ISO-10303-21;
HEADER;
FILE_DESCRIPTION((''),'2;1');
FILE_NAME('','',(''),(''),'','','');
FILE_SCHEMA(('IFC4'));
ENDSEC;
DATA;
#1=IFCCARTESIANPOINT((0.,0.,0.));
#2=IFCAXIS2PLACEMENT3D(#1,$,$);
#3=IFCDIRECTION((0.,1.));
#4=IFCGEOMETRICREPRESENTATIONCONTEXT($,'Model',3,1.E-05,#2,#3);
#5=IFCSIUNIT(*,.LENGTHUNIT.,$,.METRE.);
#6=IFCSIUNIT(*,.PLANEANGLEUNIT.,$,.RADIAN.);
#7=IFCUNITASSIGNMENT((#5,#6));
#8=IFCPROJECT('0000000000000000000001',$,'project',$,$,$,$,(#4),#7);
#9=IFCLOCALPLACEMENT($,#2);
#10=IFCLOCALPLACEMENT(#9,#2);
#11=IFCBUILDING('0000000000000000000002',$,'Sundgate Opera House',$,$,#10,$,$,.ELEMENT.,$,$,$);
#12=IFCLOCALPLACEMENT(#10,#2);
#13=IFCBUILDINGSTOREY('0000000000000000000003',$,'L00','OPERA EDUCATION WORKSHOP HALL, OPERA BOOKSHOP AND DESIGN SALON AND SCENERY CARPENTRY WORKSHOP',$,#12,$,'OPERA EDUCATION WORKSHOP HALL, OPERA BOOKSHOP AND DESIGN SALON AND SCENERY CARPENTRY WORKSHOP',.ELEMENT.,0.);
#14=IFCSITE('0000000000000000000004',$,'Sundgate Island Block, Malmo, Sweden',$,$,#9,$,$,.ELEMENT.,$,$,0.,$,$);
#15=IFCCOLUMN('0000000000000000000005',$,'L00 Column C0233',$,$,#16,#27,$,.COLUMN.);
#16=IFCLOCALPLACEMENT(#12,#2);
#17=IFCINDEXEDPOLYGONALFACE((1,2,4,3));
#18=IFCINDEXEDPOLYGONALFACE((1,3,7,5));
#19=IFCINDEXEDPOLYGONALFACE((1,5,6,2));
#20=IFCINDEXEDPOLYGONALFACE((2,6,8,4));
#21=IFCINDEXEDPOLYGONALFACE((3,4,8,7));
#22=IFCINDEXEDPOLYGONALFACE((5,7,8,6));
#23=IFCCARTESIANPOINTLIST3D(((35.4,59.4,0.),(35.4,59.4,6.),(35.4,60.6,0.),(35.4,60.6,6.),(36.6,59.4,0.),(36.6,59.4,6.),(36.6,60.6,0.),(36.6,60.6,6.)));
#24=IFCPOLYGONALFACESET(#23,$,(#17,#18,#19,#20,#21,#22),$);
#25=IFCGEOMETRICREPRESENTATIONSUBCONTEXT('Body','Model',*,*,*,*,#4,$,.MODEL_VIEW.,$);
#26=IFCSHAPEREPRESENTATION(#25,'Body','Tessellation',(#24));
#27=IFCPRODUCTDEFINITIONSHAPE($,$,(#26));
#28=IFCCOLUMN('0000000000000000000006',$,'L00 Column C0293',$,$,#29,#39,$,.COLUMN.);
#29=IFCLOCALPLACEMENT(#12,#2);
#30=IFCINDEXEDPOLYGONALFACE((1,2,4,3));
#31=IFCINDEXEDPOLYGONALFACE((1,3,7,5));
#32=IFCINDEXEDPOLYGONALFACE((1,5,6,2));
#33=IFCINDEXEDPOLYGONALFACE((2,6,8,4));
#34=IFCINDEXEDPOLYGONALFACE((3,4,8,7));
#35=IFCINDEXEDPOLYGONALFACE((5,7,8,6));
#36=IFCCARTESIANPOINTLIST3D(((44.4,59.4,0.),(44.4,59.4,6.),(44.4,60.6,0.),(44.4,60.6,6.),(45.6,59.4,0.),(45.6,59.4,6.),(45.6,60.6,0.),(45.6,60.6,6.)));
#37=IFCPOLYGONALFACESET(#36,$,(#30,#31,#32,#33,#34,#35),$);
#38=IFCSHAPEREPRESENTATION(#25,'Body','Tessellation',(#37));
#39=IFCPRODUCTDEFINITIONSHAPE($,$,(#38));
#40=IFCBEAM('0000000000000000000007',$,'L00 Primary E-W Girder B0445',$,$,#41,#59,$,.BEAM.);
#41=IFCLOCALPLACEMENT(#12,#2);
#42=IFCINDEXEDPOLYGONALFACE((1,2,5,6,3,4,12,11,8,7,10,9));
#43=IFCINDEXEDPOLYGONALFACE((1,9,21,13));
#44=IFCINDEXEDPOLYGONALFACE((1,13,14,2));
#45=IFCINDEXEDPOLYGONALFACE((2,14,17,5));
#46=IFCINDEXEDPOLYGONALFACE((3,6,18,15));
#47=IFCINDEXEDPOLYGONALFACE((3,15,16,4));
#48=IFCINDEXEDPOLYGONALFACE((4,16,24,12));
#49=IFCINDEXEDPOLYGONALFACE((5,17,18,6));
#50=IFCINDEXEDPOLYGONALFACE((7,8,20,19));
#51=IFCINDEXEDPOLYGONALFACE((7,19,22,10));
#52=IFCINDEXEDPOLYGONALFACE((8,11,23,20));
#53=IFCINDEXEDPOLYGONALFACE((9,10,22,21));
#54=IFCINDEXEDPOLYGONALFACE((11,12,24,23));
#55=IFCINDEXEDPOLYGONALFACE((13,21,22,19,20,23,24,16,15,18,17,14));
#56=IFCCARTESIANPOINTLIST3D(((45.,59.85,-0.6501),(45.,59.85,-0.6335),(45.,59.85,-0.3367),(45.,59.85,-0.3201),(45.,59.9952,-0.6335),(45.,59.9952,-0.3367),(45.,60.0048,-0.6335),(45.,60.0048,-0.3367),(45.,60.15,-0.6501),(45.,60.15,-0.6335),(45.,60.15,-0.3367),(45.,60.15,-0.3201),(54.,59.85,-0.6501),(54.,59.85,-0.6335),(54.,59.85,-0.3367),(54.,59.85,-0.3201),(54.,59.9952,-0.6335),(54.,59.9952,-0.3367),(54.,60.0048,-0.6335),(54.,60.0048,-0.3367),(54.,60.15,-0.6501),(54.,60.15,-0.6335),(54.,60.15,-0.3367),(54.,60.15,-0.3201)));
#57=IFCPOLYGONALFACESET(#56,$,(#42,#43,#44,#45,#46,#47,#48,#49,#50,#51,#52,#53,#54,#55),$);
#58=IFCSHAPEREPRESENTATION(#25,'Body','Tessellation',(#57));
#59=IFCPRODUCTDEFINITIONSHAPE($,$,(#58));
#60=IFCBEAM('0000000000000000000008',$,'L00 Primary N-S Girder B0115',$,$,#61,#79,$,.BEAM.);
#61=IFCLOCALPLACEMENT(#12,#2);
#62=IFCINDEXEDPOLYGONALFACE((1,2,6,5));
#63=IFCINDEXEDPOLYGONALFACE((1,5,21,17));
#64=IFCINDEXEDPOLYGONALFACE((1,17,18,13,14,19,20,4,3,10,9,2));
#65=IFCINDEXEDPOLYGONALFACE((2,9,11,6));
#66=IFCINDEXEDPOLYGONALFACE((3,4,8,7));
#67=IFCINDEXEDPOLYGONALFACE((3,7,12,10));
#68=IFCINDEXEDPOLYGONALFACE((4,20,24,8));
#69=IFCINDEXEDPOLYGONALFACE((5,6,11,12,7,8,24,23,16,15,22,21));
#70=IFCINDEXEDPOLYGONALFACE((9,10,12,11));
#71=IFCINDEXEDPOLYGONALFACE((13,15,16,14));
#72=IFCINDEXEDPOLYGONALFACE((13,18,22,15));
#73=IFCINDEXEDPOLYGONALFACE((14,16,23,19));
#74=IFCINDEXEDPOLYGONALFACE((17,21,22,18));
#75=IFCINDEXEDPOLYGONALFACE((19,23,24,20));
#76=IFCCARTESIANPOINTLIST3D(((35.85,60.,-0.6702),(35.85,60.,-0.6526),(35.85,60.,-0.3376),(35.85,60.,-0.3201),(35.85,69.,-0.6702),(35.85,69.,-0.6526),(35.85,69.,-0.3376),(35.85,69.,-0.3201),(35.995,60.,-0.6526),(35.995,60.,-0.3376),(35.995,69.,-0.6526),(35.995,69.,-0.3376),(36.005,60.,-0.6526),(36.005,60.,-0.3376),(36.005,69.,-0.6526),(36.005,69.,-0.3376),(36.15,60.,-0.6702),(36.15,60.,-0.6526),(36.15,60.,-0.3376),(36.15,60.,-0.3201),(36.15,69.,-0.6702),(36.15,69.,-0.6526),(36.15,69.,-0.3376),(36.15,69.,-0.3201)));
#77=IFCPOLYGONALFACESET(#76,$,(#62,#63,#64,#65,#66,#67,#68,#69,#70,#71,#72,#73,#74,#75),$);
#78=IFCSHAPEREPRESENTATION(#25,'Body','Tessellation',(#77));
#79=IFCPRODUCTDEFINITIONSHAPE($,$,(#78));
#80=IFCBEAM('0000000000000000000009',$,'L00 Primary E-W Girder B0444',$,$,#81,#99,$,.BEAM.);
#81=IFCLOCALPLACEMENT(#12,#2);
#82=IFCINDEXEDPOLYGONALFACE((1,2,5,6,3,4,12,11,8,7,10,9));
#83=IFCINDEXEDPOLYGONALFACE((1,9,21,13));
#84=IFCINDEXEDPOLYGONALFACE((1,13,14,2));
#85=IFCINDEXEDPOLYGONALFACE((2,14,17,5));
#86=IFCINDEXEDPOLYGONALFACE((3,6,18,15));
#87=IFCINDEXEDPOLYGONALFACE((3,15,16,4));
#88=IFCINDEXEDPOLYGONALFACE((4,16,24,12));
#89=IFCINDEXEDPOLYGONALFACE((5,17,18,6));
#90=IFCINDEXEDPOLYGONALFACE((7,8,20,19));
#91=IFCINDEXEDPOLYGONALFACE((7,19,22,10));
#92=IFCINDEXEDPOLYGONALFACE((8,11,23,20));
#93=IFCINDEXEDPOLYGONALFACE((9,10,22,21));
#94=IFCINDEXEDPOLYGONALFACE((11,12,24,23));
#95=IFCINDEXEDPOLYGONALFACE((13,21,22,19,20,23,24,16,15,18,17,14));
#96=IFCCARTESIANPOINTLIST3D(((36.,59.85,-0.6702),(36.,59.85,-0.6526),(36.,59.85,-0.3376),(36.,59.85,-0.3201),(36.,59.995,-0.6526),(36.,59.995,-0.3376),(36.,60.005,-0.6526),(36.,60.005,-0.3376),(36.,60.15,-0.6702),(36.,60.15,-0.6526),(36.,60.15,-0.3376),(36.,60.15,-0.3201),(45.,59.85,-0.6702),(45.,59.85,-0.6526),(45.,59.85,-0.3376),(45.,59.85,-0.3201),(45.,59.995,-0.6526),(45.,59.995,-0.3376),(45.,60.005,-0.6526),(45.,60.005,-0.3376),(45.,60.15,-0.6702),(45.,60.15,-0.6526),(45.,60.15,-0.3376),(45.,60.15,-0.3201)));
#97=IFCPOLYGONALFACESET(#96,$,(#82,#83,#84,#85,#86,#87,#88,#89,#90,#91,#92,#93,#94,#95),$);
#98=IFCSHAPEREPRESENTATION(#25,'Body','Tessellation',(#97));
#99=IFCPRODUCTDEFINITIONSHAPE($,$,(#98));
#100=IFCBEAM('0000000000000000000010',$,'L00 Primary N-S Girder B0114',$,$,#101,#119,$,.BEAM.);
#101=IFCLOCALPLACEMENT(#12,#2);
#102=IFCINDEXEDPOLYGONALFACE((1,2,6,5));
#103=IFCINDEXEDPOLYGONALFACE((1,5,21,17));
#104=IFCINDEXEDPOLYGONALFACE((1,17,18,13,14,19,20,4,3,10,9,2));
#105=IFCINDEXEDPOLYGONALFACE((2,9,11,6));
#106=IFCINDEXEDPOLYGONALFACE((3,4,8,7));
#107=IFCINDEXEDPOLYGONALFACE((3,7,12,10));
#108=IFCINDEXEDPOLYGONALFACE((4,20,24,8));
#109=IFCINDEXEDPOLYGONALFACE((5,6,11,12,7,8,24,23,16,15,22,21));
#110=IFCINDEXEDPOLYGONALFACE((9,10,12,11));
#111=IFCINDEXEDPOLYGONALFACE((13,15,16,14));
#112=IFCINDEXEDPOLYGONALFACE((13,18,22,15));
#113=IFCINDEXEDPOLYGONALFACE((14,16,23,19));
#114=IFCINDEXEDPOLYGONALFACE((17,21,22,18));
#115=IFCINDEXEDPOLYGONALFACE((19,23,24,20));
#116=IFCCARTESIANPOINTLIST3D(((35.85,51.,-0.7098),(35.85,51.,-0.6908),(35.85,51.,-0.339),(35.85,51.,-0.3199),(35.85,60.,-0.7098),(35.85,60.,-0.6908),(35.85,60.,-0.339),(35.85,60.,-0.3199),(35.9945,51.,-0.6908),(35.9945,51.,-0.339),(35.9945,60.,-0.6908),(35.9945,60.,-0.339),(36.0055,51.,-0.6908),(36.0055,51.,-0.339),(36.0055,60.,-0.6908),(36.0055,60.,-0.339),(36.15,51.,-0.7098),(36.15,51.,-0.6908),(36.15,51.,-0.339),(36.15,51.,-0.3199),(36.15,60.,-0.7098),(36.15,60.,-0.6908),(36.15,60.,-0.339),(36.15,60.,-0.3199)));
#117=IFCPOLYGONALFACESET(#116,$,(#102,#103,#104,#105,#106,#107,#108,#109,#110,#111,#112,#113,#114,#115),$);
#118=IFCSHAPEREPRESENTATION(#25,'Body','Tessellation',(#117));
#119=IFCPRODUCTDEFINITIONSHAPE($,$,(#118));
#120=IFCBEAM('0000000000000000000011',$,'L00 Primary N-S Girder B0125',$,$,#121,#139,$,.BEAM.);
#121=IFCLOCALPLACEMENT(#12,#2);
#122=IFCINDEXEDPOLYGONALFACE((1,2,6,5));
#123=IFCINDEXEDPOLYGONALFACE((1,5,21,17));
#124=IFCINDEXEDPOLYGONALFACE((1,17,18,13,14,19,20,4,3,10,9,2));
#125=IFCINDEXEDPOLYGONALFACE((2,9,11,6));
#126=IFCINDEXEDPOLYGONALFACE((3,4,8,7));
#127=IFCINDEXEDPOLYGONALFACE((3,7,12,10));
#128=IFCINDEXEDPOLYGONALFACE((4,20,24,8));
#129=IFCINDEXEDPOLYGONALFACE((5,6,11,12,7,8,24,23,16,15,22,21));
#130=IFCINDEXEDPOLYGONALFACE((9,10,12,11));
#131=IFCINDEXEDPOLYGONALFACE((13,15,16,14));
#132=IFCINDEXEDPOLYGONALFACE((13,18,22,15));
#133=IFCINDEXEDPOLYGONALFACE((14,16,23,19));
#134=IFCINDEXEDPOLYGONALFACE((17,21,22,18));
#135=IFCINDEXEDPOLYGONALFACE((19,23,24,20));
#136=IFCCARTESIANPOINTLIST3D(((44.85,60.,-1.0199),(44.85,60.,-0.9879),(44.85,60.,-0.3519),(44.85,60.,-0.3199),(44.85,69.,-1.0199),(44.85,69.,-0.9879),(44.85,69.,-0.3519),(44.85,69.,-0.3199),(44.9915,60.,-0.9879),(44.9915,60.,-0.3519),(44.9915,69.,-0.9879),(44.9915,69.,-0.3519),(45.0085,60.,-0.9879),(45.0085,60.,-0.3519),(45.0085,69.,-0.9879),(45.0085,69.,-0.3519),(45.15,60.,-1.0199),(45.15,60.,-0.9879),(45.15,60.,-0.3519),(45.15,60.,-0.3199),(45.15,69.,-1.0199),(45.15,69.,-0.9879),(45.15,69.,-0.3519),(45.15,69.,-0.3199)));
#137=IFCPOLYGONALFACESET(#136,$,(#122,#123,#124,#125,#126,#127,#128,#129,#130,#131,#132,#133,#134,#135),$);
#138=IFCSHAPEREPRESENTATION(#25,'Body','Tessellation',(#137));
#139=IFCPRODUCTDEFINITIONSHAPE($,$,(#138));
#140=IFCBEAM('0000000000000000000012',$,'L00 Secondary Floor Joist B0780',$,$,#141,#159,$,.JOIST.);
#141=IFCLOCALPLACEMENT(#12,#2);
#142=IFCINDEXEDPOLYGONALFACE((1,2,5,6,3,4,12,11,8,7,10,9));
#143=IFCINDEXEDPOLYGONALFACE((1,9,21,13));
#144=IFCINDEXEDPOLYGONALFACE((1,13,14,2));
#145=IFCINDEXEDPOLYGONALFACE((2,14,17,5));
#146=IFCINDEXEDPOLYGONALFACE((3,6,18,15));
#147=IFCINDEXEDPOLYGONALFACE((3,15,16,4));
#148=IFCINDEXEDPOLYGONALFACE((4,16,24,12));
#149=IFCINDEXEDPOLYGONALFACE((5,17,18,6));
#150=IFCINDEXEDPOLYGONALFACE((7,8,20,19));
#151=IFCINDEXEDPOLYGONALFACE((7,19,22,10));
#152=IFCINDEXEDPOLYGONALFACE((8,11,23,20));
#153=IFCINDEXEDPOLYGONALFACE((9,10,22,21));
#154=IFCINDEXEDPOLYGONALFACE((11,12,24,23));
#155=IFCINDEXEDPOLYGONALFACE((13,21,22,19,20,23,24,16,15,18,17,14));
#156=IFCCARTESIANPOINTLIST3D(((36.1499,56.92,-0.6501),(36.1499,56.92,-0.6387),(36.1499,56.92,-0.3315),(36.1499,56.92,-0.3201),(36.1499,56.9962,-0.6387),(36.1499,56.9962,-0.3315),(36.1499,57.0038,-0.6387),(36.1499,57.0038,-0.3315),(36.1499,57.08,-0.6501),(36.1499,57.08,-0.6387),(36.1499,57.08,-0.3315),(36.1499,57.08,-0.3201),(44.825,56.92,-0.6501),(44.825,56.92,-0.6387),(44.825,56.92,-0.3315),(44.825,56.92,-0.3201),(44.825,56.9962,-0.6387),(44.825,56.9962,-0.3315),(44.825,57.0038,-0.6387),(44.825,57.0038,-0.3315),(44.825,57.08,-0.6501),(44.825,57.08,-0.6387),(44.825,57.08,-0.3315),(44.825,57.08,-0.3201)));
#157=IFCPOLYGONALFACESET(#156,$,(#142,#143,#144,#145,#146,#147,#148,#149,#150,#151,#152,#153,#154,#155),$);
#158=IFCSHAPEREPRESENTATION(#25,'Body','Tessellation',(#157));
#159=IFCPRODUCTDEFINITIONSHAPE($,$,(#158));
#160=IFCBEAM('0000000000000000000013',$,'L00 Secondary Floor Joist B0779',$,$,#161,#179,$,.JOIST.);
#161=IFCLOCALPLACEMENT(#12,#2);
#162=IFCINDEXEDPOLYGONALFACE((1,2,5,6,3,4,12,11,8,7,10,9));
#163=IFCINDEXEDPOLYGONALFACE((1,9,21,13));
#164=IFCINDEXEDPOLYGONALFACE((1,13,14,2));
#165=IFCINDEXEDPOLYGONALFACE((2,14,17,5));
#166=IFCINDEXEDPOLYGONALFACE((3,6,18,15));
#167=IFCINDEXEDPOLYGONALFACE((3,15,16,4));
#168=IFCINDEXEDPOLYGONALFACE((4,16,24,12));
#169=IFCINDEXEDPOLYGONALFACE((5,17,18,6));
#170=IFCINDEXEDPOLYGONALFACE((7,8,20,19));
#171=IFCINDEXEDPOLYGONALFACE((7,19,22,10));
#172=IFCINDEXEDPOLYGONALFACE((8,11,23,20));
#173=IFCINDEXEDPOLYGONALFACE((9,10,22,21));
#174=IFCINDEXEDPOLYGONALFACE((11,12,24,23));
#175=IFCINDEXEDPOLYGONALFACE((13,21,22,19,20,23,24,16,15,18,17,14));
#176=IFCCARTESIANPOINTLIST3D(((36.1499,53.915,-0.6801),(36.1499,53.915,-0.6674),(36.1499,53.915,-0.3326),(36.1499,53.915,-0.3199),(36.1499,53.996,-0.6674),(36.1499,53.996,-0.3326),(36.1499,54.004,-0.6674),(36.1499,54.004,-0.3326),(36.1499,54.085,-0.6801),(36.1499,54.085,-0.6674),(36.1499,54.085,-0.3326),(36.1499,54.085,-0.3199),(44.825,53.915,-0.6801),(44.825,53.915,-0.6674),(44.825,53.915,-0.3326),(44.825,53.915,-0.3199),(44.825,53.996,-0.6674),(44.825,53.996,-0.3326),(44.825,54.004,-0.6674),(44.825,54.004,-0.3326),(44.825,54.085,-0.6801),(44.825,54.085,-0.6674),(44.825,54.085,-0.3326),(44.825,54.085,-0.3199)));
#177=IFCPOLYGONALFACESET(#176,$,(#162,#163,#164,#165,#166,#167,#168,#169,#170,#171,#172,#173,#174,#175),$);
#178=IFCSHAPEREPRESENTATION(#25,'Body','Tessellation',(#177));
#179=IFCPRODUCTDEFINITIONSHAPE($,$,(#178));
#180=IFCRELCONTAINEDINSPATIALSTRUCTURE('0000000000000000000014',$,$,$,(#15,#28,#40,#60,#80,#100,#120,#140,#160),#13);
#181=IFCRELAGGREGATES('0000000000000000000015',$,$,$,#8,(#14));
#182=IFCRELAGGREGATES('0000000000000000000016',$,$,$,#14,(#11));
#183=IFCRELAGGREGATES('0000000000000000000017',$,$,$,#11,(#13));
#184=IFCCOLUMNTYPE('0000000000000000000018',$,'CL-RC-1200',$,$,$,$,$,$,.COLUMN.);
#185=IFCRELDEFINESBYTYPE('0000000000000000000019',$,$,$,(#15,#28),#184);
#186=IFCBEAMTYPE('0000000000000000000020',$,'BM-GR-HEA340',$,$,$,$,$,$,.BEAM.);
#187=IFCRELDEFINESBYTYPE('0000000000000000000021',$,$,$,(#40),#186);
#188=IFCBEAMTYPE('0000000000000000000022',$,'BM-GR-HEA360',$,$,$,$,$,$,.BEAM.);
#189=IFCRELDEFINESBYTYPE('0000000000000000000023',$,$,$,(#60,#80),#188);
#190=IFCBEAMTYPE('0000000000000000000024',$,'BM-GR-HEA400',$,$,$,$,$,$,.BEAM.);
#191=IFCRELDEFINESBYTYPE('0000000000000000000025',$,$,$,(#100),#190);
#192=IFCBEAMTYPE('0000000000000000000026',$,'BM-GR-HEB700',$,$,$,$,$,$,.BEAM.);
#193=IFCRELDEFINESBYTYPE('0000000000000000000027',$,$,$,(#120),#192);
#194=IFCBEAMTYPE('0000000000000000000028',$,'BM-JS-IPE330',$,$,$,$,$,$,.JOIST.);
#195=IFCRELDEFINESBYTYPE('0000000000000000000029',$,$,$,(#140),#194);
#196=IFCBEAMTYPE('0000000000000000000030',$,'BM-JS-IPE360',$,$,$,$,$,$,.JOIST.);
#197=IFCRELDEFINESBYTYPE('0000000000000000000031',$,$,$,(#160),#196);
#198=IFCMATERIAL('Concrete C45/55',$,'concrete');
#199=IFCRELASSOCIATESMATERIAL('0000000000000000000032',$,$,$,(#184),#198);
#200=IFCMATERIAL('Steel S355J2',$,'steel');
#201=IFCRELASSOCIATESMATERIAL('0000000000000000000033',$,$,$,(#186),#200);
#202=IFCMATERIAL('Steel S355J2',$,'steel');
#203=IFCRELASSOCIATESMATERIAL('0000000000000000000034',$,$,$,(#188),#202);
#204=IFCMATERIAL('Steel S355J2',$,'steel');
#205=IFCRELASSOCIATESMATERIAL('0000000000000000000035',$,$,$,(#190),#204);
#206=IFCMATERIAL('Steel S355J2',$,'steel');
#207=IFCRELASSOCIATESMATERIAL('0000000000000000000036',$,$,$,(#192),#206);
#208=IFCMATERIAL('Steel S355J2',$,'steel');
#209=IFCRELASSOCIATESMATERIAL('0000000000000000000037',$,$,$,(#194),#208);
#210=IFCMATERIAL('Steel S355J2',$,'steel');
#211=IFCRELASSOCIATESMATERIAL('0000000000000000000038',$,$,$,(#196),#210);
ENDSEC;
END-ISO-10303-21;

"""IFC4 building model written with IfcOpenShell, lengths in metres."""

from ifc_helpers import new_model, si_unit, direction, frame, origin, origin_2d, place, context, subcontext, project, spatial, rectangle, i_section, extrude, material, material_profile, profile_set, type_object, element, save


model = new_model("IFC4")

# Units and contexts
model_context = context("Model", 3, precision=1e-05, world=origin(), true_north=direction((0.0, 1.0)))
body_context = subcontext(model_context, "Body", "Model", "MODEL_VIEW")
ifc_project = project(units=[si_unit("LENGTHUNIT", "METRE"), si_unit("PLANEANGLEUNIT", "RADIAN")], contexts=[model_context])

# Site, building, storey
site_placement = place(None, origin())
site = spatial("IfcSite", under=ifc_project, at=site_placement, Name="Sundgate Island Block, Malmo, Sweden", CompositionType="ELEMENT", RefElevation=0.0)
building_placement = place(site_placement, origin())
building = spatial("IfcBuilding", under=site, at=building_placement, Name="Sundgate Opera House", CompositionType="ELEMENT")
storey_placement = place(building_placement, origin())
storey = spatial("IfcBuildingStorey", under=building, at=storey_placement, Name="L00", Description="OPERA EDUCATION WORKSHOP HALL, OPERA BOOKSHOP AND DESIGN SALON AND SCENERY CARPENTRY WORKSHOP", LongName="OPERA EDUCATION WORKSHOP HALL, OPERA BOOKSHOP AND DESIGN SALON AND SCENERY CARPENTRY WORKSHOP", CompositionType="ELEMENT", Elevation=0.0)

# Columns
ifc_material_1 = material(Name="Concrete C45/55", Category="concrete")
ifc_material_profile_1 = material_profile(ifc_material_1, rectangle(XDim=1.2, YDim=1.2, at=origin_2d()), Name="RC 1200x1200")
ifc_profile_set_1 = profile_set([ifc_material_profile_1], Name="Concrete C45/55")
column_type = type_object("IfcColumnType", Name="CL-RC-1200", PredefinedType="COLUMN", material=ifc_profile_set_1)
for number, where, z_axis, x_axis, name in (
    (1, (36.0, 60.0, 0.0), (0.0, 0.0, 1.0), (1.0, 0.0, 0.0), "L00 Column C0233"),
    (2, (45.0, 60.0, 0.0), (0.0, 0.0, 1.0), (1.0, 0.0, 0.0), "L00 Column C0293"),
):
    element("IfcColumn", number, at=place(storey_placement, frame(where, z_axis=z_axis, x_axis=x_axis)), inside=storey, type_object=column_type, Name=name, PredefinedType="COLUMN", context=body_context, shape_type="SweptSolid", body=[
        extrude(rectangle(XDim=1.2, YDim=1.2, at=origin_2d()), origin(), (0.0, 0.0, 1.0), 6.0),
    ])

# Beams
ifc_material_2 = material(Name="Steel S355J2", Category="steel")
ifc_material_profile_2 = material_profile(ifc_material_2, i_section(OverallWidth=0.3, OverallDepth=0.3301, WebThickness=0.0095, FlangeThickness=0.0166, at=origin_2d()), Name="HEA 340")
ifc_profile_set_2 = profile_set([ifc_material_profile_2], Name="Steel S355J2")
beam_type_1 = type_object("IfcBeamType", Name="BM-GR-HEA340", PredefinedType="BEAM", material=ifc_profile_set_2)
beam_1_placement = place(storey_placement, frame((45.0, 60.0, -0.4851), z_axis=(1.0, 0.0, 0.0), x_axis=(0.0, 1.0, 0.0)))
element("IfcBeam", 3, at=beam_1_placement, inside=storey, type_object=beam_type_1, Name="L00 Primary E-W Girder B0445", PredefinedType="BEAM", context=body_context, shape_type="SweptSolid", body=[
    extrude(i_section(OverallWidth=0.3, OverallDepth=0.3301, WebThickness=0.0095, FlangeThickness=0.0166, at=origin_2d()), origin(), (0.0, 0.0, 1.0), 9.0),
])
ifc_material_3 = material(Name="Steel S355J2", Category="steel")
ifc_material_profile_3 = material_profile(ifc_material_3, i_section(OverallWidth=0.3, OverallDepth=0.3501, WebThickness=0.01, FlangeThickness=0.0176, at=origin_2d()), Name="HEA 360")
ifc_profile_set_3 = profile_set([ifc_material_profile_3], Name="Steel S355J2")
beam_type_2 = type_object("IfcBeamType", Name="BM-GR-HEA360", PredefinedType="BEAM", material=ifc_profile_set_3)
for number, where, z_axis, x_axis, name in (
    (4, (36.0, 60.0, -0.4951), (0.0, 1.0, 0.0), (-1.0, 0.0, 0.0), "L00 Primary N-S Girder B0115"),
    (5, (36.0, 60.0, -0.4951), (1.0, 0.0, 0.0), (0.0, 1.0, 0.0), "L00 Primary E-W Girder B0444"),
):
    element("IfcBeam", number, at=place(storey_placement, frame(where, z_axis=z_axis, x_axis=x_axis)), inside=storey, type_object=beam_type_2, Name=name, PredefinedType="BEAM", context=body_context, shape_type="SweptSolid", body=[
        extrude(i_section(OverallWidth=0.3, OverallDepth=0.3501, WebThickness=0.01, FlangeThickness=0.0176, at=origin_2d()), origin(), (0.0, 0.0, 1.0), 9.0),
    ])
ifc_material_4 = material(Name="Steel S355J2", Category="steel")
ifc_material_profile_4 = material_profile(ifc_material_4, i_section(OverallWidth=0.3, OverallDepth=0.3899, WebThickness=0.011, FlangeThickness=0.019, at=origin_2d()), Name="HEA 400")
ifc_profile_set_4 = profile_set([ifc_material_profile_4], Name="Steel S355J2")
beam_type_3 = type_object("IfcBeamType", Name="BM-GR-HEA400", PredefinedType="BEAM", material=ifc_profile_set_4)
beam_2_placement = place(storey_placement, frame((36.0, 51.0, -0.5149), z_axis=(0.0, 1.0, 0.0), x_axis=(-1.0, 0.0, 0.0)))
element("IfcBeam", 6, at=beam_2_placement, inside=storey, type_object=beam_type_3, Name="L00 Primary N-S Girder B0114", PredefinedType="BEAM", context=body_context, shape_type="SweptSolid", body=[
    extrude(i_section(OverallWidth=0.3, OverallDepth=0.3899, WebThickness=0.011, FlangeThickness=0.019, at=origin_2d()), origin(), (0.0, 0.0, 1.0), 9.0),
])
ifc_material_5 = material(Name="Steel S355J2", Category="steel")
ifc_material_profile_5 = material_profile(ifc_material_5, i_section(OverallWidth=0.3, OverallDepth=0.7, WebThickness=0.0171, FlangeThickness=0.032, at=origin_2d()), Name="HEB 700")
ifc_profile_set_5 = profile_set([ifc_material_profile_5], Name="Steel S355J2")
beam_type_4 = type_object("IfcBeamType", Name="BM-GR-HEB700", PredefinedType="BEAM", material=ifc_profile_set_5)
beam_3_placement = place(storey_placement, frame((45.0, 60.0, -0.6699), z_axis=(0.0, 1.0, 0.0), x_axis=(-1.0, 0.0, 0.0)))
element("IfcBeam", 7, at=beam_3_placement, inside=storey, type_object=beam_type_4, Name="L00 Primary N-S Girder B0125", PredefinedType="BEAM", context=body_context, shape_type="SweptSolid", body=[
    extrude(i_section(OverallWidth=0.3, OverallDepth=0.7, WebThickness=0.0171, FlangeThickness=0.032, at=origin_2d()), origin(), (0.0, 0.0, 1.0), 9.0),
])
ifc_material_6 = material(Name="Steel S355J2", Category="steel")
ifc_material_profile_6 = material_profile(ifc_material_6, i_section(OverallWidth=0.1599, OverallDepth=0.3301, WebThickness=0.0076, FlangeThickness=0.0115, at=origin_2d()), Name="IPE 330")
ifc_profile_set_6 = profile_set([ifc_material_profile_6], Name="Steel S355J2")
beam_type_5 = type_object("IfcBeamType", Name="BM-JS-IPE330", PredefinedType="JOIST", material=ifc_profile_set_6)
beam_4_placement = place(storey_placement, frame((36.1499, 57.0, -0.4851), z_axis=(1.0, 0.0, 0.0), x_axis=(0.0, 1.0, 0.0)))
element("IfcBeam", 8, at=beam_4_placement, inside=storey, type_object=beam_type_5, Name="L00 Secondary Floor Joist B0780", PredefinedType="JOIST", context=body_context, shape_type="SweptSolid", body=[
    extrude(i_section(OverallWidth=0.1599, OverallDepth=0.3301, WebThickness=0.0076, FlangeThickness=0.0115, at=origin_2d()), origin(), (0.0, 0.0, 1.0), 8.675),
])
ifc_material_7 = material(Name="Steel S355J2", Category="steel")
ifc_material_profile_7 = material_profile(ifc_material_7, i_section(OverallWidth=0.1699, OverallDepth=0.3601, WebThickness=0.0081, FlangeThickness=0.0127, at=origin_2d()), Name="IPE 360")
ifc_profile_set_7 = profile_set([ifc_material_profile_7], Name="Steel S355J2")
beam_type_6 = type_object("IfcBeamType", Name="BM-JS-IPE360", PredefinedType="JOIST", material=ifc_profile_set_7)
beam_5_placement = place(storey_placement, frame((36.1499, 54.0, -0.5), z_axis=(1.0, 0.0, 0.0), x_axis=(0.0, 1.0, 0.0)))
element("IfcBeam", 9, at=beam_5_placement, inside=storey, type_object=beam_type_6, Name="L00 Secondary Floor Joist B0779", PredefinedType="JOIST", context=body_context, shape_type="SweptSolid", body=[
    extrude(i_section(OverallWidth=0.1699, OverallDepth=0.3601, WebThickness=0.0081, FlangeThickness=0.0127, at=origin_2d()), origin(), (0.0, 0.0, 1.0), 8.675),
])

save(model, "model.ifc")
